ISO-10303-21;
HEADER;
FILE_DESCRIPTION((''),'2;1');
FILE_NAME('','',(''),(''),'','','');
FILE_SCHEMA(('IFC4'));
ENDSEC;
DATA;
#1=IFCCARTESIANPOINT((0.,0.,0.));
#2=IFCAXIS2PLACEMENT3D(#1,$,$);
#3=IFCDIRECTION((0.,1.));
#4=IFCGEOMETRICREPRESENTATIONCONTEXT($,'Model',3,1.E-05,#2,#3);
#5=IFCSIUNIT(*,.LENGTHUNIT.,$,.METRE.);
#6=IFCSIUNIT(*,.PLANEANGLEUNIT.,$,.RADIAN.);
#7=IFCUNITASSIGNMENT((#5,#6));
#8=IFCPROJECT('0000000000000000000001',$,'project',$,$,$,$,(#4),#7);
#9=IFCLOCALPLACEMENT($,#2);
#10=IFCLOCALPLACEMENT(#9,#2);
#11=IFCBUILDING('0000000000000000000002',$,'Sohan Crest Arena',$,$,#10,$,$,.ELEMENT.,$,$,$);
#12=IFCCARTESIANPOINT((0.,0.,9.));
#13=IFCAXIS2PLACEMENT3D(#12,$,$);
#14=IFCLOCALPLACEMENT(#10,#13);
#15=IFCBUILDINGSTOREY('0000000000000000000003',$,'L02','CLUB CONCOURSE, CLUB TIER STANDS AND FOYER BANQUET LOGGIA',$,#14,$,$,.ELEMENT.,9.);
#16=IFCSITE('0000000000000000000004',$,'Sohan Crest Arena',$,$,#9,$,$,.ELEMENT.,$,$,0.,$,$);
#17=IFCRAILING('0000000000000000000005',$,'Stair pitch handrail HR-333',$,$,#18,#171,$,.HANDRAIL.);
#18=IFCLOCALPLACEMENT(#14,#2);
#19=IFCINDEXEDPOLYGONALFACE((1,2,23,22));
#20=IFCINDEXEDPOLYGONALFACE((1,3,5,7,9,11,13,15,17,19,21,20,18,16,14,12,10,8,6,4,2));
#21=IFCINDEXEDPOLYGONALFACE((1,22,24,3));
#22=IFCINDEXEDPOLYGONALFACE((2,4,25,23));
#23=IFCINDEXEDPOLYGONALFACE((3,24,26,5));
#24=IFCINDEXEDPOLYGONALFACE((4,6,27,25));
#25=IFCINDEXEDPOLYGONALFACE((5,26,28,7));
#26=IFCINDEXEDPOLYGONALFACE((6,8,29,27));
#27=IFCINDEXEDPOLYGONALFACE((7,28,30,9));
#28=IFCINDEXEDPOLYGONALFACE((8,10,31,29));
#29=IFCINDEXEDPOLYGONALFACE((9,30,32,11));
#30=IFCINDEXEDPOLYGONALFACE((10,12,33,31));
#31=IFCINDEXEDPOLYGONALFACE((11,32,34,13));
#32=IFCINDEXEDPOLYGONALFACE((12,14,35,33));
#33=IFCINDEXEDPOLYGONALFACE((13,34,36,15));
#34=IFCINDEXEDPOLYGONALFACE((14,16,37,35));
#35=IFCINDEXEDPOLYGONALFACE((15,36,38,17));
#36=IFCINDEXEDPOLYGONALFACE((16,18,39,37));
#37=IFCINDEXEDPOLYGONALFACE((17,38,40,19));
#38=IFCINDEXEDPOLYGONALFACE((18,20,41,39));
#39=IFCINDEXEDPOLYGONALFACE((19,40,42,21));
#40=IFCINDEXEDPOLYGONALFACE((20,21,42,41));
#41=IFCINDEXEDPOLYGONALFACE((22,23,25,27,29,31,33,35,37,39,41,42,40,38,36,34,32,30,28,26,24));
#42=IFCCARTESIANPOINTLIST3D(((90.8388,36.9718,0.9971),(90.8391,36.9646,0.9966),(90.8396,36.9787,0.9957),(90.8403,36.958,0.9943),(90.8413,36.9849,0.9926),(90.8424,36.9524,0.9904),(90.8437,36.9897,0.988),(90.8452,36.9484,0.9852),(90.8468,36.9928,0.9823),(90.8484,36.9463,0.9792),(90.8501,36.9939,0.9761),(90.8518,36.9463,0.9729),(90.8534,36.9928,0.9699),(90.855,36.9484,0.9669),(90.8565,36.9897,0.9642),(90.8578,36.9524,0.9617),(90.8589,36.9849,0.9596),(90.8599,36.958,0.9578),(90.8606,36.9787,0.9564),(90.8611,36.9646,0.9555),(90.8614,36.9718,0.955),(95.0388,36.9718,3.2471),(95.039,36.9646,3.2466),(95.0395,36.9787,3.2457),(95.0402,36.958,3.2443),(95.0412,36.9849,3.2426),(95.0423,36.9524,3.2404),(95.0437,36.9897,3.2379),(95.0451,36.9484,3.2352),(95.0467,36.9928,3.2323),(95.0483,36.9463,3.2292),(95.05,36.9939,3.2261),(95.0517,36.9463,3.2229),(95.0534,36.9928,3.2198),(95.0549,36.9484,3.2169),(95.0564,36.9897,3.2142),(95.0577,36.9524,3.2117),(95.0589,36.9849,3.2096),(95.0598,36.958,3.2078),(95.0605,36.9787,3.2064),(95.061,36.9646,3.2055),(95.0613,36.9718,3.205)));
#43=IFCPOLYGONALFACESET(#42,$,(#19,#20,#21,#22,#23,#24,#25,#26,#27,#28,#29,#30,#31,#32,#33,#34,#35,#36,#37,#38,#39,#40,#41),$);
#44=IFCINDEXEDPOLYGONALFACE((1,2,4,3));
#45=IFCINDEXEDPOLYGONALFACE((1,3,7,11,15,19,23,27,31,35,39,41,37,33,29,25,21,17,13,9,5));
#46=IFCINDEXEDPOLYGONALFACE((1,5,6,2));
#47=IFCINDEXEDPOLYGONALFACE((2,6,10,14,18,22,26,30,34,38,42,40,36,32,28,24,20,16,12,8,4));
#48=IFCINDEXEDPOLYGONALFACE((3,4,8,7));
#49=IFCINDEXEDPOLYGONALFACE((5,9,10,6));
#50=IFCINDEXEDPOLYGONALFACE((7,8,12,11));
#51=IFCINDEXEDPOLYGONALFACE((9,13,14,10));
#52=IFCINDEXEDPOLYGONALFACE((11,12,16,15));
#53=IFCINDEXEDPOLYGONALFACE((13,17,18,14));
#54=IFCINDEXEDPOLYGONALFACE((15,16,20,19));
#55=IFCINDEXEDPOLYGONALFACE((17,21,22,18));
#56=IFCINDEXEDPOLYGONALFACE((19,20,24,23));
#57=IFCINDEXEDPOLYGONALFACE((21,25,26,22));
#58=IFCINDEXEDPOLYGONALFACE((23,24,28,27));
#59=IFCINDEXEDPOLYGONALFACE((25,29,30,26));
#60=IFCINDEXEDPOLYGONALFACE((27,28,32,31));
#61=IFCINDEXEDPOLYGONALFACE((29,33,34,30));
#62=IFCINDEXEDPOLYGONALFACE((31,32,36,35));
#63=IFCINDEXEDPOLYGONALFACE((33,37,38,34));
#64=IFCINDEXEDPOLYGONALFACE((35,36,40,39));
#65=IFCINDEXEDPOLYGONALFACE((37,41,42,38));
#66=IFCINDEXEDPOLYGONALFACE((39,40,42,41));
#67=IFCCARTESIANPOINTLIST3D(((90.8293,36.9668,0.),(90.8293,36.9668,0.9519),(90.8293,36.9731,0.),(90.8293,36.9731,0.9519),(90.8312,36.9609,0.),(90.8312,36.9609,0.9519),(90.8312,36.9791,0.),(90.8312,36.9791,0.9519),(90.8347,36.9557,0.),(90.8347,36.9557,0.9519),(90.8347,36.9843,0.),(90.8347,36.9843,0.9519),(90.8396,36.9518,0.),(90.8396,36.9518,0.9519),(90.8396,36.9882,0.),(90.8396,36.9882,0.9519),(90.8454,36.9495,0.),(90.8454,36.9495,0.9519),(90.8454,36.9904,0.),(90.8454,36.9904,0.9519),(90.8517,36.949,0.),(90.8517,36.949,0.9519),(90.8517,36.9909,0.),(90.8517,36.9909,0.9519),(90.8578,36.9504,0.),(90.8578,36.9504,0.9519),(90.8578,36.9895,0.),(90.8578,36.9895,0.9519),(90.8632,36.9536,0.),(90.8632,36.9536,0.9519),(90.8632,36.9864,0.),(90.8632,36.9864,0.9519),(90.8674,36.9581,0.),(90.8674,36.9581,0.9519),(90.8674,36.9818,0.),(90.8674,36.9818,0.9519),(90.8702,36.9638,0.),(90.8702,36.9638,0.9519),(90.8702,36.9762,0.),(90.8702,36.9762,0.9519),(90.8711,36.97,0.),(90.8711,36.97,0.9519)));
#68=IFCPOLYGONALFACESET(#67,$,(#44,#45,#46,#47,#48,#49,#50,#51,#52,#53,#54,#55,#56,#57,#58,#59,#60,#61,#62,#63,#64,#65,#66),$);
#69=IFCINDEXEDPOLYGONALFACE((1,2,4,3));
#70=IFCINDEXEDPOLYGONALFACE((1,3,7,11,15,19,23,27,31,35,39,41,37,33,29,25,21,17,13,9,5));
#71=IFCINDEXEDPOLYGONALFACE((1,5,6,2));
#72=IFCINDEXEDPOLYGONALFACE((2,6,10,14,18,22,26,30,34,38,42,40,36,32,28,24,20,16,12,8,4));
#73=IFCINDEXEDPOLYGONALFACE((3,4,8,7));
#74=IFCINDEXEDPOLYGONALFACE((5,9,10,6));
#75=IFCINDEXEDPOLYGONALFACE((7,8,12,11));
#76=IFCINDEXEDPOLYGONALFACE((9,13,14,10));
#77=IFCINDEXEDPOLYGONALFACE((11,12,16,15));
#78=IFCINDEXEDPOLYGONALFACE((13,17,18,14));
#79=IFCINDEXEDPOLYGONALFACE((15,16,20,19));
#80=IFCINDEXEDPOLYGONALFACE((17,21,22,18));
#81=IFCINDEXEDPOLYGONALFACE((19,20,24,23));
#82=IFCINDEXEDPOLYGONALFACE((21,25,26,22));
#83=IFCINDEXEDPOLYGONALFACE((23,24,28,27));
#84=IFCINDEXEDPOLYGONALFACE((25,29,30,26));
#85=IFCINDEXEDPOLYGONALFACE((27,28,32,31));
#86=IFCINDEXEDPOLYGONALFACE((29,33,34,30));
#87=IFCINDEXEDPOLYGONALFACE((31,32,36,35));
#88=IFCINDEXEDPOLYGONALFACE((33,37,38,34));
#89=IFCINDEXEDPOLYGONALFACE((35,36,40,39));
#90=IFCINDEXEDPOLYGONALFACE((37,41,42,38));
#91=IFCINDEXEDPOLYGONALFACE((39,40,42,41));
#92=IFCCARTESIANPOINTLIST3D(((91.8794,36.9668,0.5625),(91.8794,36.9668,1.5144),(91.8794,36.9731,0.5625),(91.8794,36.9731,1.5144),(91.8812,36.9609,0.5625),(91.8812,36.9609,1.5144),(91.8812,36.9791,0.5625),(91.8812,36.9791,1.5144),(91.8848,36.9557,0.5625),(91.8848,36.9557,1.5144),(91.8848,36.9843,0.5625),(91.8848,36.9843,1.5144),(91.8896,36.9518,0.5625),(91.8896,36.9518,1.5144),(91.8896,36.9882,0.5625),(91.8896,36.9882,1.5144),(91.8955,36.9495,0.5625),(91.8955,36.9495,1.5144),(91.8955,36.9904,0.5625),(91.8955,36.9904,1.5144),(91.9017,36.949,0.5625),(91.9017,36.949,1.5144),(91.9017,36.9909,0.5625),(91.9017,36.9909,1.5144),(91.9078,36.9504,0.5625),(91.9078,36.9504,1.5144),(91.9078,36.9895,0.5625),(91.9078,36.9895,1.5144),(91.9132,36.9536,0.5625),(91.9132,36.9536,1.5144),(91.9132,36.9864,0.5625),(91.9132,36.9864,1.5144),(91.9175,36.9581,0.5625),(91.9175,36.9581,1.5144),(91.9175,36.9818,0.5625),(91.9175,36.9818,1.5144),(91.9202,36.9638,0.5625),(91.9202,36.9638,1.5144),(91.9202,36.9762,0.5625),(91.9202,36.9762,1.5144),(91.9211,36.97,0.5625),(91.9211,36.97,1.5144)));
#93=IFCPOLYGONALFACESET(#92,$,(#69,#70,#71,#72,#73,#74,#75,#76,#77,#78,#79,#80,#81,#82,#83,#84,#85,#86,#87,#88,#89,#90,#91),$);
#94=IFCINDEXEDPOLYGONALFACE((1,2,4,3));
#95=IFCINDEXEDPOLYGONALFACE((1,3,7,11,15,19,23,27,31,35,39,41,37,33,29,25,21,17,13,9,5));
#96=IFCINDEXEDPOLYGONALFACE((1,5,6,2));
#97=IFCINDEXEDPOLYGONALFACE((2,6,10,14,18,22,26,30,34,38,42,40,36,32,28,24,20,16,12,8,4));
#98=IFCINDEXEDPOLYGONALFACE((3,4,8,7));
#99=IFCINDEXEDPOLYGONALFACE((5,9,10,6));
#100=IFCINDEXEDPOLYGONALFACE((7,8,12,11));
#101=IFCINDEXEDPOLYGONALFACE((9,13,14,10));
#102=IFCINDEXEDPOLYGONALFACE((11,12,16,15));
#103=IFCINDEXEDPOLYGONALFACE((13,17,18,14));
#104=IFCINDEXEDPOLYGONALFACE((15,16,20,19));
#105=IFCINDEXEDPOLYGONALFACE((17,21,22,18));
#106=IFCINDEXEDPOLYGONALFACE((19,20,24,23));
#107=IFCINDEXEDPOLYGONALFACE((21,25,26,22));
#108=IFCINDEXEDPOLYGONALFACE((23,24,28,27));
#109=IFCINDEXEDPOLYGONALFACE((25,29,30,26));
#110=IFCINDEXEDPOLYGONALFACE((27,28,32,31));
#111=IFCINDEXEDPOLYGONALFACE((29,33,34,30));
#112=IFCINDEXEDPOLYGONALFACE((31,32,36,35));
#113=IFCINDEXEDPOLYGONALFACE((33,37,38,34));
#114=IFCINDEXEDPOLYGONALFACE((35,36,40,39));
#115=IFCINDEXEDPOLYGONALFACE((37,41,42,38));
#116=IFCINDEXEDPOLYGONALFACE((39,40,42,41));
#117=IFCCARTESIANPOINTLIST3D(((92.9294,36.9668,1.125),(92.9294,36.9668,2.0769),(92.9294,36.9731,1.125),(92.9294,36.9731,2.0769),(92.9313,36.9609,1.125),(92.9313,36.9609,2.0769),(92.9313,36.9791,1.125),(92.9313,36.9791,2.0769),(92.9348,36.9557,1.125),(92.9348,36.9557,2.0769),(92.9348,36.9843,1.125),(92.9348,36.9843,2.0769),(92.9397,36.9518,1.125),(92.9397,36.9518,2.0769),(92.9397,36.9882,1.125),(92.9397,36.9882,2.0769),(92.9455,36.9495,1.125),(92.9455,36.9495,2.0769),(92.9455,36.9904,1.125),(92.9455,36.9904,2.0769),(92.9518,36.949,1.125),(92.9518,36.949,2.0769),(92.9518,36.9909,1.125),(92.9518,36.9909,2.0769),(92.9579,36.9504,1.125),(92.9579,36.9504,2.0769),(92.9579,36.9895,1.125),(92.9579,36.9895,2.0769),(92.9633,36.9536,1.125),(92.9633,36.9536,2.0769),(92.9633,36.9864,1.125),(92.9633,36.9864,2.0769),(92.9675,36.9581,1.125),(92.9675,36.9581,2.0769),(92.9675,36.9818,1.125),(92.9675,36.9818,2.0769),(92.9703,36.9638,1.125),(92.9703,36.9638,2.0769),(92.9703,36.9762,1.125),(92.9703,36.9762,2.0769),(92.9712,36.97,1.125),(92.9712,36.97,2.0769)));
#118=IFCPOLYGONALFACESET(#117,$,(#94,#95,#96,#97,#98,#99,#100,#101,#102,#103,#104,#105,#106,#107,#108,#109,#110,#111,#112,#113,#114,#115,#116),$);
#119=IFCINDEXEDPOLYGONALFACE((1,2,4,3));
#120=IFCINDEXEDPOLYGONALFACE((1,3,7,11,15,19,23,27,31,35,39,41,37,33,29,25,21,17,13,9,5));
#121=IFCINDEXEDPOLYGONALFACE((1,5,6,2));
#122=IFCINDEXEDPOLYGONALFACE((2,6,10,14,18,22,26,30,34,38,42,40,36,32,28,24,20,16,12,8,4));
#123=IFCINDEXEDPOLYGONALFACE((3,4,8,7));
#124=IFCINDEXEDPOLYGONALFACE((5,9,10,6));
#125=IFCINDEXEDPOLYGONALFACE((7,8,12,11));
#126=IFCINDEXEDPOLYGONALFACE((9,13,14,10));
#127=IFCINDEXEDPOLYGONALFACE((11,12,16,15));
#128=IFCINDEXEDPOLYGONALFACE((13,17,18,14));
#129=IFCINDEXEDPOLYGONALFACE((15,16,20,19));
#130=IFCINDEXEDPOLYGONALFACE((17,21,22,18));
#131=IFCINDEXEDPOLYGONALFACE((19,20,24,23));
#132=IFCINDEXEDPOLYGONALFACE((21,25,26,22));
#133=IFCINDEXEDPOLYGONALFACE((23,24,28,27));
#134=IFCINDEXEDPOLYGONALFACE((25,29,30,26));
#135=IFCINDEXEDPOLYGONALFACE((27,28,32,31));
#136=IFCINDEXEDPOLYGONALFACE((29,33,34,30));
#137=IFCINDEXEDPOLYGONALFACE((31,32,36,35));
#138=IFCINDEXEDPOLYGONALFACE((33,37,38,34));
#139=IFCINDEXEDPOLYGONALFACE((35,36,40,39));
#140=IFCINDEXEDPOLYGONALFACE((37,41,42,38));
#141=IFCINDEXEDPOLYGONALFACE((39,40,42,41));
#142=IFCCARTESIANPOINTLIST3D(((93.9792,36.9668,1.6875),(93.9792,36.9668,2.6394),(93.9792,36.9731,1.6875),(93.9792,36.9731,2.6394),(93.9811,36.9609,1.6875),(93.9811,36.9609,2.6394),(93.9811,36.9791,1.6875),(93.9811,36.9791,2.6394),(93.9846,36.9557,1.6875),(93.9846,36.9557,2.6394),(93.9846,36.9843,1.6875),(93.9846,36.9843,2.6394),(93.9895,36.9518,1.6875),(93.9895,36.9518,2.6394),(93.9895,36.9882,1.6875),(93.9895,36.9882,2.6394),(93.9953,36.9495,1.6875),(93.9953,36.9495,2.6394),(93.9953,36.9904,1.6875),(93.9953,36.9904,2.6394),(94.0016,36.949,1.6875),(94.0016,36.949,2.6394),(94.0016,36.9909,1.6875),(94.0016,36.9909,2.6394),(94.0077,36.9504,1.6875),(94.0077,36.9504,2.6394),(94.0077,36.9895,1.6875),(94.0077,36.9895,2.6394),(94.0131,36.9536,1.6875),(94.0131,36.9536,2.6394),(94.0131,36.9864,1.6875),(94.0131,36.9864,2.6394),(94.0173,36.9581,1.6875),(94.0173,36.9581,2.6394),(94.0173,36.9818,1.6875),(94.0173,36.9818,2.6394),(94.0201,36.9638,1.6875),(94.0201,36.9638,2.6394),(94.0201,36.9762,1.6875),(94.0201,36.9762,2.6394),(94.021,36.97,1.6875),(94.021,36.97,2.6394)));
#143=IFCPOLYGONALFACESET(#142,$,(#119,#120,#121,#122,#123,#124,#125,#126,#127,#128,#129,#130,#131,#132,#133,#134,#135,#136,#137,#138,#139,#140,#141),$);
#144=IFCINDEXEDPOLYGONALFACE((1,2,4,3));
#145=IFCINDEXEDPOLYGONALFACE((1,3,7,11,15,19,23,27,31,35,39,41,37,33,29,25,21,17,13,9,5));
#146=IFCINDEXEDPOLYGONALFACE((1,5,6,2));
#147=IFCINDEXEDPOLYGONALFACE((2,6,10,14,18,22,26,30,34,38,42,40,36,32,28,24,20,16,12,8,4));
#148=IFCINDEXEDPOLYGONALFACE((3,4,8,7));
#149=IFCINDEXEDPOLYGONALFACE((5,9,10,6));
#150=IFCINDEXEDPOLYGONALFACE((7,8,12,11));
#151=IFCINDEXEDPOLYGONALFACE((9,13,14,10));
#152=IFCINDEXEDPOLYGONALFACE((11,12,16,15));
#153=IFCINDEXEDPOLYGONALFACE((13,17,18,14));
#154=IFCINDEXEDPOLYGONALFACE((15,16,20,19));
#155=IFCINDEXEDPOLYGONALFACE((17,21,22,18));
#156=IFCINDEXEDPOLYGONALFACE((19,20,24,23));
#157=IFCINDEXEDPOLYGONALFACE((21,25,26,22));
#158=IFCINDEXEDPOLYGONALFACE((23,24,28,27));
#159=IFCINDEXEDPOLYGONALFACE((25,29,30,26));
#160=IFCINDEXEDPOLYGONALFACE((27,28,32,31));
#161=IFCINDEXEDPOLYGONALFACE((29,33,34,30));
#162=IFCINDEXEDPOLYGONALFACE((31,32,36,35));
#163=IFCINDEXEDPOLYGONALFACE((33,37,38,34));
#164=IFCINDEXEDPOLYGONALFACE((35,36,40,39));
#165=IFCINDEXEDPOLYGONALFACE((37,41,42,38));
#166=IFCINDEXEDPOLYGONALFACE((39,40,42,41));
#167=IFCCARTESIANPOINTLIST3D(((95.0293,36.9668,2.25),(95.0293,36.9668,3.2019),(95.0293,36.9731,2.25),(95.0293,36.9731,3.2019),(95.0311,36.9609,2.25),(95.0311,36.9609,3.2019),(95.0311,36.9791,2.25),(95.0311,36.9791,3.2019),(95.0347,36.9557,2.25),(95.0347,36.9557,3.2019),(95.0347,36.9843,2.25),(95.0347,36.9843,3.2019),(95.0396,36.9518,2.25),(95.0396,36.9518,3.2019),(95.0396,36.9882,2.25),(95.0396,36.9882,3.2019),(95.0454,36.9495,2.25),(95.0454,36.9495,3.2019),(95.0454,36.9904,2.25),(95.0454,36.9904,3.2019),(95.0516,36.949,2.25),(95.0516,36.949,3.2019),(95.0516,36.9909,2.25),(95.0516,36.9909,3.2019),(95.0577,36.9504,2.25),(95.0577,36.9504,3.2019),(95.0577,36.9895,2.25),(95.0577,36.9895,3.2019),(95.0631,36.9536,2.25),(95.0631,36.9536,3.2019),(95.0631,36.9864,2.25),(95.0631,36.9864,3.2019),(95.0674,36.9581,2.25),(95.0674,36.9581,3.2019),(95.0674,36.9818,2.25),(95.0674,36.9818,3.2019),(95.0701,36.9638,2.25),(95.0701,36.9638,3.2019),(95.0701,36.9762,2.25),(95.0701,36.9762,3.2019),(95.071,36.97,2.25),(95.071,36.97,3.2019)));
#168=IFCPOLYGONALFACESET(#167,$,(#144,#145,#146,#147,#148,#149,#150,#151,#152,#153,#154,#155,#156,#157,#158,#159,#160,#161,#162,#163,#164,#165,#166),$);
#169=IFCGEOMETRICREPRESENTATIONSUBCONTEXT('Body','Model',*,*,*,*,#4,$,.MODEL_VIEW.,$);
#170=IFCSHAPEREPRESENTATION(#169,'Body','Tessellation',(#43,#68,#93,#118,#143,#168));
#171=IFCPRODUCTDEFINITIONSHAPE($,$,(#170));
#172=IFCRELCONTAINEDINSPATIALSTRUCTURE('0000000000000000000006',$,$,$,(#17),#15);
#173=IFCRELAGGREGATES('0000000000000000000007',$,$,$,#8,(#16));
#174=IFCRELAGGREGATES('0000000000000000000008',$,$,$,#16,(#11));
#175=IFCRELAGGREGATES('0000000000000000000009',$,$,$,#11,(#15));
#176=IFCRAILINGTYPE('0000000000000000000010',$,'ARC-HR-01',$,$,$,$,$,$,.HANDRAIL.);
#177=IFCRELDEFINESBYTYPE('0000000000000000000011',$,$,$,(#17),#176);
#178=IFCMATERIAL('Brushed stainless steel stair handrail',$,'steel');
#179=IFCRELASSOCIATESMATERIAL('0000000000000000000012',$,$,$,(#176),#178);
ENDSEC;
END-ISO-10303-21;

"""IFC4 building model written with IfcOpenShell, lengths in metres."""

from ifc_helpers import new_model, si_unit, direction, frame, origin, origin_2d, place, context, subcontext, project, spatial, circle, extrude, material, type_object, element, save


model = new_model("IFC4")

# Units and contexts
model_context = context("Model", 3, precision=1e-05, world=origin(), true_north=direction((0.0, 1.0)))
body_context = subcontext(model_context, "Body", "Model", "MODEL_VIEW")
ifc_project = project(units=[si_unit("LENGTHUNIT", "METRE"), si_unit("PLANEANGLEUNIT", "RADIAN")], contexts=[model_context])

# Site, building, storey
site_placement = place(None, origin())
site = spatial("IfcSite", under=ifc_project, at=site_placement, Name="Sohan Crest Arena", CompositionType="ELEMENT", RefElevation=0.0)
building_placement = place(site_placement, origin())
building = spatial("IfcBuilding", under=site, at=building_placement, Name="Sohan Crest Arena", CompositionType="ELEMENT")
storey_placement = place(building_placement, frame((0.0, 0.0, 9.0)))
storey = spatial("IfcBuildingStorey", under=building, at=storey_placement, Name="L02", Description="CLUB CONCOURSE, CLUB TIER STANDS AND FOYER BANQUET LOGGIA", CompositionType="ELEMENT", Elevation=9.0)

# Railing
ifc_material_1 = material(Name="Brushed stainless steel stair handrail", Category="steel")
railing_type_1 = type_object("IfcRailingType", Name="ARC-HR-01", PredefinedType="HANDRAIL", material=ifc_material_1)
for number, where, name in (
    (1, (90.8501, 36.97, 0.0), "Stair pitch handrail HR-333"),
):
    element("IfcRailing", number, at=place(storey_placement, frame(where)), inside=storey, type_object=railing_type_1, Name=name, PredefinedType="HANDRAIL", context=body_context, shape_type="SweptSolid", body=[
        extrude(circle(Radius=0.0239, at=origin_2d()), frame((0.0, 0.0, 0.9761), z_axis=(0.881478, 0.0, 0.472226), x_axis=(0.0, 1.0, 0.0)), (0.0, 0.0, 1.0), 4.7646),
        extrude(circle(Radius=0.021, at=origin_2d()), origin(), (0.0, 0.0, 1.0), 0.9519),
        extrude(circle(Radius=0.021, at=origin_2d()), frame((1.05, 0.0, 0.5625)), (0.0, 0.0, 1.0), 0.9519),
        extrude(circle(Radius=0.021, at=origin_2d()), frame((2.1001, 0.0, 1.125)), (0.0, 0.0, 1.0), 0.9519),
        extrude(circle(Radius=0.021, at=origin_2d()), frame((3.1499, 0.0, 1.6875)), (0.0, 0.0, 1.0), 0.9519),
        extrude(circle(Radius=0.021, at=origin_2d()), frame((4.2, 0.0, 2.25)), (0.0, 0.0, 1.0), 0.9519),
    ])

save(model, "model.ifc")
